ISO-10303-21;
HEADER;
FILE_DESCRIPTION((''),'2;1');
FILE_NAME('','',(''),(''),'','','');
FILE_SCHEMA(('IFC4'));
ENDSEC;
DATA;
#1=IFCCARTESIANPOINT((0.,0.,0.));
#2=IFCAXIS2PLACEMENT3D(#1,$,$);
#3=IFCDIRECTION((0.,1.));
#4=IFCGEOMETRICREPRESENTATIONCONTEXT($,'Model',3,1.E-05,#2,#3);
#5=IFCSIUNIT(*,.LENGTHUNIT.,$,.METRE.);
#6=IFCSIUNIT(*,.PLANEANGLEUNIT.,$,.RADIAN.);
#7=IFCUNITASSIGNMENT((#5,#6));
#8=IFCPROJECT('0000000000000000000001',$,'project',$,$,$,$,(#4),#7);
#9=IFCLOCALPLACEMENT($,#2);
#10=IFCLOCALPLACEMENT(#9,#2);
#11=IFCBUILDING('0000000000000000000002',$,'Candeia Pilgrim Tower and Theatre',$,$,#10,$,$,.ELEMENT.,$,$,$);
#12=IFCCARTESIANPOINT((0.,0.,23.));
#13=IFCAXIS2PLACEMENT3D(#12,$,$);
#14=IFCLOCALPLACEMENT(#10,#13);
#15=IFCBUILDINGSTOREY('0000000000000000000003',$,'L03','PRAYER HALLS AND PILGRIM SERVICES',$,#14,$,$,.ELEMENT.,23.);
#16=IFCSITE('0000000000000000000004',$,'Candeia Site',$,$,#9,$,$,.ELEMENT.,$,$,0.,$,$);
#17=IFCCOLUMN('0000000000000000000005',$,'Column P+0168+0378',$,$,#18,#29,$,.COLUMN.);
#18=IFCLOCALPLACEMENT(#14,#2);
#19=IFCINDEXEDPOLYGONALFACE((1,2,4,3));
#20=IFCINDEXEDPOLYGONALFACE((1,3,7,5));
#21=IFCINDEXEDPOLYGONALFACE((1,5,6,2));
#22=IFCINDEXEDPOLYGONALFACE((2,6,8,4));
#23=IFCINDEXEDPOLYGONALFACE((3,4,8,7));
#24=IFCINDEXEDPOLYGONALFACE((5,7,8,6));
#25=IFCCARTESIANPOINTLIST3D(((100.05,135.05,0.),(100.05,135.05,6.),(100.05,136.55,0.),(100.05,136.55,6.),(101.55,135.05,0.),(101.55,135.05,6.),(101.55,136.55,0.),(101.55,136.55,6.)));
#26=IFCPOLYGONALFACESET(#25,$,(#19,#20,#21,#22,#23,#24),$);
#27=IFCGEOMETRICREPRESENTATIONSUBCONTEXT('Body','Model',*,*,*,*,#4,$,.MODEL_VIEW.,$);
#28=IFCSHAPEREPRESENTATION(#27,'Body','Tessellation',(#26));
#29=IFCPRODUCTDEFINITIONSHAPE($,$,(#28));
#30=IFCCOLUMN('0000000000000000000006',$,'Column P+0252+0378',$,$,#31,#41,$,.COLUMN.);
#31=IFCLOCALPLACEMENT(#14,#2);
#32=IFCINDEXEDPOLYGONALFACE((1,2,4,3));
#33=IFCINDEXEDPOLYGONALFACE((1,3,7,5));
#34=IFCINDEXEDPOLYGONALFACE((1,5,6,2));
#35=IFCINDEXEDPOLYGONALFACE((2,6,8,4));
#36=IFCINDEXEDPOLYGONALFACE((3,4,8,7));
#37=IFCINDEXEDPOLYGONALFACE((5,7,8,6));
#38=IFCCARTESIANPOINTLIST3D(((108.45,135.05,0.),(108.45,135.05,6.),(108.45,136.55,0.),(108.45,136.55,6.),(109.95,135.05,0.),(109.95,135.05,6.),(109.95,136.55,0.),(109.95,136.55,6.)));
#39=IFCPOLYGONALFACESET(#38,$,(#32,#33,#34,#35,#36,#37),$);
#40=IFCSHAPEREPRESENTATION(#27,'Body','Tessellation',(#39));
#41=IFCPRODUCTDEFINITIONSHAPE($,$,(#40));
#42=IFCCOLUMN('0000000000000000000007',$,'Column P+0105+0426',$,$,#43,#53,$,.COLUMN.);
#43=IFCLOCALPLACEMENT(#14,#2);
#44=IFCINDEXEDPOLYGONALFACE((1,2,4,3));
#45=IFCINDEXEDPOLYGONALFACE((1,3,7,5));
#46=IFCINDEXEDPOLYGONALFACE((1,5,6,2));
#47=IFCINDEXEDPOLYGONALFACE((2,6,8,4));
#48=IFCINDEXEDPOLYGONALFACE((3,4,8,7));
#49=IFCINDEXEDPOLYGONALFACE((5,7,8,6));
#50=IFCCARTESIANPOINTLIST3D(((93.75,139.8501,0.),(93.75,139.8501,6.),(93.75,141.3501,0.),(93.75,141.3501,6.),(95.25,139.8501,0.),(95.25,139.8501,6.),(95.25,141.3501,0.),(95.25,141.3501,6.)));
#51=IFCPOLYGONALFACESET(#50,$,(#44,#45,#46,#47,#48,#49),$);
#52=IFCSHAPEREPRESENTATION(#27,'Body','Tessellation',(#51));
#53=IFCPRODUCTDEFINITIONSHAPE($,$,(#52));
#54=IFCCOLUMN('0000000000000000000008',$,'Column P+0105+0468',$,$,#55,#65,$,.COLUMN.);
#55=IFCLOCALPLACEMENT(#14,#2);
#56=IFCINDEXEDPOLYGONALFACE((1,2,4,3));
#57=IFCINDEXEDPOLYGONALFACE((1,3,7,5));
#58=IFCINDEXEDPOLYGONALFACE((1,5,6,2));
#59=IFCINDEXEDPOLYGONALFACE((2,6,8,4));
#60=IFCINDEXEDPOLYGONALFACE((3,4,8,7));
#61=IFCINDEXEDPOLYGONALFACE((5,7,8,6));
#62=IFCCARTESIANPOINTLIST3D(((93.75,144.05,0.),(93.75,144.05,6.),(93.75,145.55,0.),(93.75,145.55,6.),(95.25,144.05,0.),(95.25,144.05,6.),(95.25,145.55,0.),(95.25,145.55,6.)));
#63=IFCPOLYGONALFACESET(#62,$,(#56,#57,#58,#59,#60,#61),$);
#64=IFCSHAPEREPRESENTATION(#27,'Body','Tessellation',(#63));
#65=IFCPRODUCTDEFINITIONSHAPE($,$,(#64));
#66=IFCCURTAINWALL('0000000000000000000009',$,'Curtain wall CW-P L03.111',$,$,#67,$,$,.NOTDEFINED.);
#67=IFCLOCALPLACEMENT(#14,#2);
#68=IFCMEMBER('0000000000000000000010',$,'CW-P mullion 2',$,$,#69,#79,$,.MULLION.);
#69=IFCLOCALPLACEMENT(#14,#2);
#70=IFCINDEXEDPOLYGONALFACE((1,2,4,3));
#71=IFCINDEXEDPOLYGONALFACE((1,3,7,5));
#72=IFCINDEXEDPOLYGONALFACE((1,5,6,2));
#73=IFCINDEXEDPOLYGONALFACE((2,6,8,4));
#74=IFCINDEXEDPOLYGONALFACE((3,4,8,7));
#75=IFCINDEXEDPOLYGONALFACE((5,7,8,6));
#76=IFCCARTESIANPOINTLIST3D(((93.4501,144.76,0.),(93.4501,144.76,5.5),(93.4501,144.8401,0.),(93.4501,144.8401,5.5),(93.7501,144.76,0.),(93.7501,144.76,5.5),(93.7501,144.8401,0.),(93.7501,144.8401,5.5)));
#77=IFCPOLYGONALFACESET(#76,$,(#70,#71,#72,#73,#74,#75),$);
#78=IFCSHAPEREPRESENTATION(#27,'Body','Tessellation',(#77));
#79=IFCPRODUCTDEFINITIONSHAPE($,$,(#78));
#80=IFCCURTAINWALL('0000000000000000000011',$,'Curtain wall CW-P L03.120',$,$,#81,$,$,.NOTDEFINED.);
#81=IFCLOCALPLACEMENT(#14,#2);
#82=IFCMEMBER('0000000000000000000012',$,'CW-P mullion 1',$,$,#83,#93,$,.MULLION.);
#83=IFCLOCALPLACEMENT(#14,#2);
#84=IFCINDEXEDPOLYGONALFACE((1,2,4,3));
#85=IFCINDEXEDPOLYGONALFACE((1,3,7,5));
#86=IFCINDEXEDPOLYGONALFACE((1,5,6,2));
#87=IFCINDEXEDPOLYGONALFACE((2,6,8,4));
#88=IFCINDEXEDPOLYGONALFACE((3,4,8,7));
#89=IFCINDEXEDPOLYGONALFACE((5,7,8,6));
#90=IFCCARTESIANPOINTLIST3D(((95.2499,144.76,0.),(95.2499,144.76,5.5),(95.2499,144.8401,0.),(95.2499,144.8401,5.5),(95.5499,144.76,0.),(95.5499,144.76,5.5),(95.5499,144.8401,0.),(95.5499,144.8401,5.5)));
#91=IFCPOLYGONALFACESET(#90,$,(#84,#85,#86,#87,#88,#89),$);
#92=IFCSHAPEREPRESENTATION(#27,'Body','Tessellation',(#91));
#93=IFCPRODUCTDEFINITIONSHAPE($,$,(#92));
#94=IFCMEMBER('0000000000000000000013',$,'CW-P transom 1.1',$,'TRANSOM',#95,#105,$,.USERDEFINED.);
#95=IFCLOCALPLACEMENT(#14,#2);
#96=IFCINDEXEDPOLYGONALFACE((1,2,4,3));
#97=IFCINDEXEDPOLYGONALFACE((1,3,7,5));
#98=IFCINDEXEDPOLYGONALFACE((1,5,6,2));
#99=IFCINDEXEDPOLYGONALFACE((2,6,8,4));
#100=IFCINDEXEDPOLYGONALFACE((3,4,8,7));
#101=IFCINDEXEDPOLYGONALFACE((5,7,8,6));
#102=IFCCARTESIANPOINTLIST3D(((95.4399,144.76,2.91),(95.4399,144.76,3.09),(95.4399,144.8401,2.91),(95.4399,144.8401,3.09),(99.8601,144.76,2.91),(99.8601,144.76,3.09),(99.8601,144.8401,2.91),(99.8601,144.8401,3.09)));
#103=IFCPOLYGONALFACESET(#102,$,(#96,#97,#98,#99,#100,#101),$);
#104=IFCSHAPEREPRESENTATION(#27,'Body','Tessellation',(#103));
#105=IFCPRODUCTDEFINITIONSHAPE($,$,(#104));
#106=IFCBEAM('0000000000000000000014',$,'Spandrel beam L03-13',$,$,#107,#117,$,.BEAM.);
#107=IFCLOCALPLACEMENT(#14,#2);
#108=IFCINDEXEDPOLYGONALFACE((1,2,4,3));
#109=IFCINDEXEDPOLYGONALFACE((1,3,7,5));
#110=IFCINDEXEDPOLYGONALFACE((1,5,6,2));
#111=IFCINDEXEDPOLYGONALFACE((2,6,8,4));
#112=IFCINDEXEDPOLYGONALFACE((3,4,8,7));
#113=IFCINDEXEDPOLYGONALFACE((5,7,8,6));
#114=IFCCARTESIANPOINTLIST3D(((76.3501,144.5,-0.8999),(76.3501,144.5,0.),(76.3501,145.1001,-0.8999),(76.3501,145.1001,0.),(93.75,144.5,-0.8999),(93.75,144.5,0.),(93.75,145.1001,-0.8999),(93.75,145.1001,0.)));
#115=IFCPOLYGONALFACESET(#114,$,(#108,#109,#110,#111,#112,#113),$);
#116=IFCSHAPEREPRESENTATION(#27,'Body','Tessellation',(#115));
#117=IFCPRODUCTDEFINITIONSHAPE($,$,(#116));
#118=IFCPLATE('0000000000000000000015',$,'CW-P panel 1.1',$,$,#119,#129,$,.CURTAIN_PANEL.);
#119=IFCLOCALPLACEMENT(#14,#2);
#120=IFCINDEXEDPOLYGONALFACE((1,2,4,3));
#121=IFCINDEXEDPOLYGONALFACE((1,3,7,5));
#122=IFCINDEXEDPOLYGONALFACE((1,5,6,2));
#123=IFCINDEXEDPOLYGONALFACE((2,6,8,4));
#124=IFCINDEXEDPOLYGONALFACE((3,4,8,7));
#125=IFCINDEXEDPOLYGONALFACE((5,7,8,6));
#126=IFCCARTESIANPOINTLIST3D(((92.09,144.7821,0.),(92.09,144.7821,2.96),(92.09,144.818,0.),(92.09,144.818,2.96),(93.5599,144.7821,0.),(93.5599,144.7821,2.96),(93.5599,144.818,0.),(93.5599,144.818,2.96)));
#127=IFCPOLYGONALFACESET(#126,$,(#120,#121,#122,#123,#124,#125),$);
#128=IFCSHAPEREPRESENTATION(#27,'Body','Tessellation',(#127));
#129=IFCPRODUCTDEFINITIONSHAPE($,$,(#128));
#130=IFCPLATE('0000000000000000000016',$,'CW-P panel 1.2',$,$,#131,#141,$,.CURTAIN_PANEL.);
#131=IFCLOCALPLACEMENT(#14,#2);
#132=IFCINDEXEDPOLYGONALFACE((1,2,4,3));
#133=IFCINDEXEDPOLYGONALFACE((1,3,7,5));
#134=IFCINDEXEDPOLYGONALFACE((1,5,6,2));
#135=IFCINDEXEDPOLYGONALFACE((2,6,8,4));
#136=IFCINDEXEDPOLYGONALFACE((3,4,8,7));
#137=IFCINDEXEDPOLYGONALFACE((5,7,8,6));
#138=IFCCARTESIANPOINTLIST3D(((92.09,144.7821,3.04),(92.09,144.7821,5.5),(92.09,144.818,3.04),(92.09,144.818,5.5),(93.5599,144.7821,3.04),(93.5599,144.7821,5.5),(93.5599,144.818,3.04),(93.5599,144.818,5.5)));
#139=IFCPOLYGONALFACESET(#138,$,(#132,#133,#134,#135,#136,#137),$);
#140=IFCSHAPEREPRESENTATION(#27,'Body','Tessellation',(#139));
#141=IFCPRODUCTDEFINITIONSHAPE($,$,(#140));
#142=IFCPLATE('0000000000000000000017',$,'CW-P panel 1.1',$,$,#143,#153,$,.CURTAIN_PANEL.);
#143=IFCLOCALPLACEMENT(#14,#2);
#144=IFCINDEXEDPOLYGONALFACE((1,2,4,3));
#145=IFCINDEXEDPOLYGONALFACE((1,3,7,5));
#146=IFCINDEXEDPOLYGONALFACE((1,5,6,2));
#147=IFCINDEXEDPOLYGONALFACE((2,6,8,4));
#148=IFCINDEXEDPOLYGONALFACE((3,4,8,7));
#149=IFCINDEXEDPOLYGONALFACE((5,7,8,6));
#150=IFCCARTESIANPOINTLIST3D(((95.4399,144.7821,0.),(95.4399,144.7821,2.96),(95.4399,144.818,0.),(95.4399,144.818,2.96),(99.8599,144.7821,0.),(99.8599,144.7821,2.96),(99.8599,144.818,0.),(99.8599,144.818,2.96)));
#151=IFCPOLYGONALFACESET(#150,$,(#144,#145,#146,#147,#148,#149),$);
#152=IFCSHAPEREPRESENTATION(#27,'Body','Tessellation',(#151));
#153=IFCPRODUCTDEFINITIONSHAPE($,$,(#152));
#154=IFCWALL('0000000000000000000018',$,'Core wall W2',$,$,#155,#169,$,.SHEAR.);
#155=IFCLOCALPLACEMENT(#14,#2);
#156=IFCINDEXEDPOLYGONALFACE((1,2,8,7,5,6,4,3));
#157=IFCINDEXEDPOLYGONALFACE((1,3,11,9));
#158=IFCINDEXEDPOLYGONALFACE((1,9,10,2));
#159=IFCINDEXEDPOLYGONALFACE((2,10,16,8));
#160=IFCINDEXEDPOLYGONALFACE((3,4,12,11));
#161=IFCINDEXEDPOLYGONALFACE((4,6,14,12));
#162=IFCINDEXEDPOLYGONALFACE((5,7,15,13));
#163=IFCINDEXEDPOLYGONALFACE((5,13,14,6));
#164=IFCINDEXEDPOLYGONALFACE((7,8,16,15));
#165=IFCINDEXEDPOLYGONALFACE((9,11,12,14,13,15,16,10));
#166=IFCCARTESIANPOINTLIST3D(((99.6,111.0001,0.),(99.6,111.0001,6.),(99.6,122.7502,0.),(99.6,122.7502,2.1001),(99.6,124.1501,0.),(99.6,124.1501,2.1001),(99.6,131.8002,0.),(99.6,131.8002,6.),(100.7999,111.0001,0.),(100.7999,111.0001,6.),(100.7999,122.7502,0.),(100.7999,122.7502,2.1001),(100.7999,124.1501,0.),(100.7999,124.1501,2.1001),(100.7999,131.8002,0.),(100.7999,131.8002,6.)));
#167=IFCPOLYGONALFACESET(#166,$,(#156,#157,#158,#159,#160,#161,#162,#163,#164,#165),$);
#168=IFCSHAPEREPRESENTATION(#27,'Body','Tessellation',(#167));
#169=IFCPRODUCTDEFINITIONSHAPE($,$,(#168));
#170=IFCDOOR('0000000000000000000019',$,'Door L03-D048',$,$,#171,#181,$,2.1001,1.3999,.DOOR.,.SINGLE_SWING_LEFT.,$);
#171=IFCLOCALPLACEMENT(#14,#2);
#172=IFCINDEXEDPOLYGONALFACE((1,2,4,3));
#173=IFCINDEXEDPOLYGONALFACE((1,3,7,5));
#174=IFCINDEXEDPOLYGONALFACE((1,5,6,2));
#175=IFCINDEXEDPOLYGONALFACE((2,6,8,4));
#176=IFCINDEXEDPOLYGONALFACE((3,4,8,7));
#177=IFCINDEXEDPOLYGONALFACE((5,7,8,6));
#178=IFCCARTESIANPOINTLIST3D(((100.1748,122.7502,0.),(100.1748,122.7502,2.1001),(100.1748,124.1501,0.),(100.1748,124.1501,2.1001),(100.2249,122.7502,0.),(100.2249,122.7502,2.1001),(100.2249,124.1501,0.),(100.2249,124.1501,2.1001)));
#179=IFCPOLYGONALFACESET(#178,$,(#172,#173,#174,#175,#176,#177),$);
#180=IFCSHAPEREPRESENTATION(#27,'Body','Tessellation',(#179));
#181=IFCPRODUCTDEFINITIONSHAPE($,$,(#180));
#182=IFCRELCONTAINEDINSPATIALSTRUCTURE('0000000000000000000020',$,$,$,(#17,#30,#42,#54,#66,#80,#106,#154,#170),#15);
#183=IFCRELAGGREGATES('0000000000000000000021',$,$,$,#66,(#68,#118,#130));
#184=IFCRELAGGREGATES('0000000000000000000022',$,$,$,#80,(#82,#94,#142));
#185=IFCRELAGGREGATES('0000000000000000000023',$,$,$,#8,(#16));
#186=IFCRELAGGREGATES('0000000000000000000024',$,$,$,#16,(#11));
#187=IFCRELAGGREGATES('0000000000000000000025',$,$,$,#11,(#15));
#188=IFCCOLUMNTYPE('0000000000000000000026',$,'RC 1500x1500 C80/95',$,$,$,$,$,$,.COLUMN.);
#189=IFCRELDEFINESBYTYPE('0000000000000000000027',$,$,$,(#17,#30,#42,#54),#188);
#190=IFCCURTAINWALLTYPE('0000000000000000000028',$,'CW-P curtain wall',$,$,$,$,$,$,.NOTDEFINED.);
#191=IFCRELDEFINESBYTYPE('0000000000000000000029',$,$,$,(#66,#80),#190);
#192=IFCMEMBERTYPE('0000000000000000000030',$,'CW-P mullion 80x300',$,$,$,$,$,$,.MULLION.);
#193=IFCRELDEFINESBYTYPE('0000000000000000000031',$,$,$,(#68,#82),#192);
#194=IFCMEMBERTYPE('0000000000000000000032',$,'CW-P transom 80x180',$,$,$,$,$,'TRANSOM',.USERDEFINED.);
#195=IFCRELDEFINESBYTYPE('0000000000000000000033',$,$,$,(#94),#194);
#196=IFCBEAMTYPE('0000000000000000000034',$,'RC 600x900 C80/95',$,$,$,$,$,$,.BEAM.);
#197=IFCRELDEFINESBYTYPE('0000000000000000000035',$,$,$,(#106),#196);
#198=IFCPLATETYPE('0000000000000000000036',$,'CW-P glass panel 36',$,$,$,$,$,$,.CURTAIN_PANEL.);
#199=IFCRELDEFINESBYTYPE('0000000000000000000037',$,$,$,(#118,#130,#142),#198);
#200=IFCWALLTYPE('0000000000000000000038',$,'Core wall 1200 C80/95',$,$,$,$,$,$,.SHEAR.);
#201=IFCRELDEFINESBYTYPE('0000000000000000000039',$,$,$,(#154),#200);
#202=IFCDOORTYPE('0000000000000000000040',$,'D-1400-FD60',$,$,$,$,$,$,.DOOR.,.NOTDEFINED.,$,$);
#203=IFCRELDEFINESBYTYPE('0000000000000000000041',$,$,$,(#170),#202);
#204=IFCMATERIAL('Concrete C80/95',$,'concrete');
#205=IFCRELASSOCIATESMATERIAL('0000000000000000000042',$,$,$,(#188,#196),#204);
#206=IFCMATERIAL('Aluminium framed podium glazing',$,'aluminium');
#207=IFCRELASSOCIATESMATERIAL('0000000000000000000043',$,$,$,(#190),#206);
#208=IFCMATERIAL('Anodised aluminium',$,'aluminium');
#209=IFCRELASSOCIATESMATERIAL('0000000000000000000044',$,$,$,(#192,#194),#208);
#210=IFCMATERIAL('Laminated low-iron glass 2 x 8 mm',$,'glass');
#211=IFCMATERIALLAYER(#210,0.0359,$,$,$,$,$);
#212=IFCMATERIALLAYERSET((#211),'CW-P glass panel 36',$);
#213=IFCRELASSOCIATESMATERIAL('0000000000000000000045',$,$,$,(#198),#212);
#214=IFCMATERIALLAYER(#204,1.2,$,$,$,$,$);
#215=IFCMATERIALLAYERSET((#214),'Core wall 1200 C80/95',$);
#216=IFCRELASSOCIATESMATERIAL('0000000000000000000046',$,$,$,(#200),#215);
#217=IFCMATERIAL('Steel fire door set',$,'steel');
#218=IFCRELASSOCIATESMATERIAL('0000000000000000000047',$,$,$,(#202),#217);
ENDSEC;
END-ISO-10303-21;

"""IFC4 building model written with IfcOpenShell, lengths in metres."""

from ifc_helpers import new_model, si_unit, direction, frame, frame_2d, origin, origin_2d, place, context, subcontext, project, spatial, rectangle, extrude, material, layer, layer_set, material_profile, profile_set, type_object, element, fill, aggregate, save


model = new_model("IFC4")

# Units and contexts
model_context = context("Model", 3, precision=1e-05, world=origin(), true_north=direction((0.0, 1.0)))
body_context = subcontext(model_context, "Body", "Model", "MODEL_VIEW")
ifc_project = project(units=[si_unit("LENGTHUNIT", "METRE"), si_unit("PLANEANGLEUNIT", "RADIAN")], contexts=[model_context])

# Site, building, storey
site_placement = place(None, origin())
site = spatial("IfcSite", under=ifc_project, at=site_placement, Name="Candeia Site", CompositionType="ELEMENT", RefElevation=0.0)
building_placement = place(site_placement, origin())
building = spatial("IfcBuilding", under=site, at=building_placement, Name="Candeia Pilgrim Tower and Theatre", CompositionType="ELEMENT")
storey_placement = place(building_placement, frame((0.0, 0.0, 23.0)))
storey = spatial("IfcBuildingStorey", under=building, at=storey_placement, Name="L03", Description="PRAYER HALLS AND PILGRIM SERVICES", CompositionType="ELEMENT", Elevation=23.0)

# Columns
ifc_material_1 = material(Name="Concrete C80/95", Category="concrete")
ifc_material_profile_1 = material_profile(ifc_material_1, rectangle(XDim=1.5, YDim=1.5, at=origin_2d()))
ifc_profile_set_1 = profile_set([ifc_material_profile_1], Name="Concrete C80/95")
column_type = type_object("IfcColumnType", Name="RC 1500x1500 C80/95", PredefinedType="COLUMN", material=ifc_profile_set_1)
for number, where, z_axis, x_axis, name in (
    (1, (100.8, 135.8, 0.0), (0.0, 0.0, 1.0), (1.0, 0.0, 0.0), "Column P+0168+0378"),
    (2, (109.2, 135.8, 0.0), (0.0, 0.0, 1.0), (1.0, 0.0, 0.0), "Column P+0252+0378"),
    (3, (94.5, 140.6001, 0.0), (0.0, 0.0, 1.0), (1.0, 0.0, 0.0), "Column P+0105+0426"),
    (4, (94.5, 144.8, 0.0), (0.0, 0.0, 1.0), (1.0, 0.0, 0.0), "Column P+0105+0468"),
):
    element("IfcColumn", number, at=place(storey_placement, frame(where, z_axis=z_axis, x_axis=x_axis)), inside=storey, type_object=column_type, Name=name, PredefinedType="COLUMN", context=body_context, shape_type="SweptSolid", body=[
        extrude(rectangle(XDim=1.5, YDim=1.5, at=origin_2d()), origin(), (0.0, 0.0, 1.0), 6.0),
    ])

# Curtain wall, member
ifc_material_2 = material(Name="Aluminium framed podium glazing", Category="aluminium")
curtain_wall_type = type_object("IfcCurtainWallType", Name="CW-P curtain wall", PredefinedType="NOTDEFINED", material=ifc_material_2)
curtain_wall_1_placement = place(storey_placement, origin())
curtain_wall_1 = element("IfcCurtainWall", 5, at=curtain_wall_1_placement, inside=storey, type_object=curtain_wall_type, Name="Curtain wall CW-P L03.111", PredefinedType="NOTDEFINED")
ifc_material_3 = material(Name="Anodised aluminium", Category="aluminium")
ifc_material_profile_2 = material_profile(ifc_material_3, rectangle(XDim=0.0801, YDim=0.3, at=origin_2d()))
ifc_profile_set_2 = profile_set([ifc_material_profile_2], Name="Anodised aluminium")
member_type_1 = type_object("IfcMemberType", Name="CW-P mullion 80x300", PredefinedType="MULLION", material=ifc_profile_set_2)
member_1_placement = place(storey_placement, frame((93.6001, 144.8, 0.0), z_axis=(0.0, 0.0, 1.0), x_axis=(0.0, 1.0, 0.0)))
member_1 = element("IfcMember", 6, at=member_1_placement, type_object=member_type_1, Name="CW-P mullion 2", PredefinedType="MULLION", context=body_context, shape_type="SweptSolid", body=[
    extrude(rectangle(XDim=0.0801, YDim=0.3, at=origin_2d()), origin(), (0.0, 0.0, 1.0), 5.5),
])

# Curtain wall, members
curtain_wall_2_placement = place(storey_placement, origin())
curtain_wall_2 = element("IfcCurtainWall", 7, at=curtain_wall_2_placement, inside=storey, type_object=curtain_wall_type, Name="Curtain wall CW-P L03.120", PredefinedType="NOTDEFINED")
member_2_placement = place(storey_placement, frame((95.3999, 144.8, 0.0), z_axis=(0.0, 0.0, 1.0), x_axis=(0.0, 1.0, 0.0)))
member_2 = element("IfcMember", 8, at=member_2_placement, type_object=member_type_1, Name="CW-P mullion 1", PredefinedType="MULLION", context=body_context, shape_type="SweptSolid", body=[
    extrude(rectangle(XDim=0.0801, YDim=0.3, at=origin_2d()), origin(), (0.0, 0.0, 1.0), 5.5),
])
ifc_material_profile_3 = material_profile(ifc_material_3, rectangle(XDim=0.0801, YDim=0.1799, at=origin_2d()))
ifc_profile_set_3 = profile_set([ifc_material_profile_3], Name="Anodised aluminium")
member_type_2 = type_object("IfcMemberType", Name="CW-P transom 80x180", ElementType="TRANSOM", PredefinedType="USERDEFINED", material=ifc_profile_set_3)
member_3_placement = place(storey_placement, frame((95.4399, 144.8, 3.0), z_axis=(1.0, 0.0, 0.0), x_axis=(0.0, 1.0, 0.0)))
member_3 = element("IfcMember", 9, at=member_3_placement, type_object=member_type_2, Name="CW-P transom 1.1", ObjectType="TRANSOM", PredefinedType="USERDEFINED", context=body_context, shape_type="SweptSolid", body=[
    extrude(rectangle(XDim=0.0801, YDim=0.1799, at=origin_2d()), origin(), (0.0, 0.0, 1.0), 4.4202),
])

# Beam
ifc_material_profile_4 = material_profile(ifc_material_1, rectangle(XDim=0.6001, YDim=0.8999, at=origin_2d()))
ifc_profile_set_4 = profile_set([ifc_material_profile_4], Name="Concrete C80/95")
beam_type = type_object("IfcBeamType", Name="RC 600x900 C80/95", PredefinedType="BEAM", material=ifc_profile_set_4)
beam_placement = place(storey_placement, frame((93.75, 144.8, -0.45), z_axis=(-1.0, 0.0, 0.0), x_axis=(0.0, -1.0, 0.0)))
element("IfcBeam", 10, at=beam_placement, inside=storey, type_object=beam_type, Name="Spandrel beam L03-13", PredefinedType="BEAM", context=body_context, shape_type="SweptSolid", body=[
    extrude(rectangle(XDim=0.6001, YDim=0.8999, at=origin_2d()), origin(), (0.0, 0.0, 1.0), 17.3999),
])

# Plates
ifc_material_4 = material(Name="Laminated low-iron glass 2 x 8 mm", Category="glass")
ifc_layer_1 = layer(ifc_material_4, 0.0359)
ifc_layer_set_1 = layer_set([ifc_layer_1], Name="CW-P glass panel 36")
plate_type = type_object("IfcPlateType", Name="CW-P glass panel 36", PredefinedType="CURTAIN_PANEL", material=ifc_layer_set_1)
plate_1_placement = place(storey_placement, frame((92.825, 144.8, 0.0), z_axis=(0.0, 0.0, 1.0), x_axis=(1.0, 0.0, 0.0)))
plate_1 = element("IfcPlate", 11, at=plate_1_placement, type_object=plate_type, Name="CW-P panel 1.1", PredefinedType="CURTAIN_PANEL", context=body_context, shape_type="SweptSolid", body=[
    extrude(rectangle(XDim=1.47, YDim=0.0359, at=origin_2d()), origin(), (0.0, 0.0, 1.0), 2.96),
])
plate_2_placement = place(storey_placement, frame((92.825, 144.8, 3.04), z_axis=(0.0, 0.0, 1.0), x_axis=(1.0, 0.0, 0.0)))
plate_2 = element("IfcPlate", 12, at=plate_2_placement, type_object=plate_type, Name="CW-P panel 1.2", PredefinedType="CURTAIN_PANEL", context=body_context, shape_type="SweptSolid", body=[
    extrude(rectangle(XDim=1.47, YDim=0.0359, at=origin_2d()), origin(), (0.0, 0.0, 1.0), 2.46),
])
aggregate(curtain_wall_1, [member_1, plate_1, plate_2])
plate_3_placement = place(storey_placement, frame((97.6499, 144.8, 0.0), z_axis=(0.0, 0.0, 1.0), x_axis=(1.0, 0.0, 0.0)))
plate_3 = element("IfcPlate", 13, at=plate_3_placement, type_object=plate_type, Name="CW-P panel 1.1", PredefinedType="CURTAIN_PANEL", context=body_context, shape_type="SweptSolid", body=[
    extrude(rectangle(XDim=4.4199, YDim=0.0359, at=origin_2d()), origin(), (0.0, 0.0, 1.0), 2.96),
])
aggregate(curtain_wall_2, [member_2, member_3, plate_3])

# Wall, opening, door
ifc_layer_2 = layer(ifc_material_1, 1.2)
ifc_layer_set_2 = layer_set([ifc_layer_2], Name="Core wall 1200 C80/95")
wall_type_1 = type_object("IfcWallType", Name="Core wall 1200 C80/95", PredefinedType="SHEAR", material=ifc_layer_set_2)
wall_1_placement = place(storey_placement, frame((100.2, 131.8, 0.0), z_axis=(0.0, 0.0, 1.0), x_axis=(0.0, -1.0, 0.0)))
wall_1 = element("IfcWall", 14, at=wall_1_placement, inside=storey, type_object=wall_type_1, Name="Core wall W2", PredefinedType="SHEAR", context=body_context, shape_type="SweptSolid", body=[
    extrude(rectangle(XDim=20.8, YDim=1.2, at=frame_2d((10.3999, 0.0))), origin(), (0.0, 0.0, 1.0), 6.0),
])
opening_1_placement = place(wall_1_placement, frame((7.6499, 0.0, 0.0)))
opening_1 = element("IfcOpeningElement", 15, at=opening_1_placement, cuts=wall_1, PredefinedType="OPENING", context=body_context, shape_type="SweptSolid", body=[
    extrude(rectangle(XDim=1.3999, YDim=2.1001, at=frame_2d((0.7, 1.05))), frame((0.0, 0.6099, 0.0), z_axis=(0.0, -1.0, 0.0), x_axis=(1.0, 0.0, 0.0)), (0.0, 0.0, 1.0), 1.22),
])
ifc_material_5 = material(Name="Steel fire door set", Category="steel")
door_type_1 = type_object("IfcDoorType", Name="D-1400-FD60", OperationType="NOTDEFINED", PredefinedType="DOOR", material=ifc_material_5)
door_1_placement = place(opening_1_placement, origin())
door_1 = element("IfcDoor", 16, at=door_1_placement, inside=storey, type_object=door_type_1, Name="Door L03-D048", OperationType="SINGLE_SWING_LEFT", OverallHeight=2.1001, OverallWidth=1.3999, PredefinedType="DOOR", context=body_context, shape_type="SweptSolid", body=[
    extrude(rectangle(XDim=1.3999, YDim=2.1001, at=frame_2d((0.7, 1.05))), frame((0.0, 0.0249, 0.0), z_axis=(0.0, -1.0, 0.0), x_axis=(1.0, 0.0, 0.0)), (0.0, 0.0, 1.0), 0.05),
])
fill(opening_1, door_1)

save(model, "model.ifc")
